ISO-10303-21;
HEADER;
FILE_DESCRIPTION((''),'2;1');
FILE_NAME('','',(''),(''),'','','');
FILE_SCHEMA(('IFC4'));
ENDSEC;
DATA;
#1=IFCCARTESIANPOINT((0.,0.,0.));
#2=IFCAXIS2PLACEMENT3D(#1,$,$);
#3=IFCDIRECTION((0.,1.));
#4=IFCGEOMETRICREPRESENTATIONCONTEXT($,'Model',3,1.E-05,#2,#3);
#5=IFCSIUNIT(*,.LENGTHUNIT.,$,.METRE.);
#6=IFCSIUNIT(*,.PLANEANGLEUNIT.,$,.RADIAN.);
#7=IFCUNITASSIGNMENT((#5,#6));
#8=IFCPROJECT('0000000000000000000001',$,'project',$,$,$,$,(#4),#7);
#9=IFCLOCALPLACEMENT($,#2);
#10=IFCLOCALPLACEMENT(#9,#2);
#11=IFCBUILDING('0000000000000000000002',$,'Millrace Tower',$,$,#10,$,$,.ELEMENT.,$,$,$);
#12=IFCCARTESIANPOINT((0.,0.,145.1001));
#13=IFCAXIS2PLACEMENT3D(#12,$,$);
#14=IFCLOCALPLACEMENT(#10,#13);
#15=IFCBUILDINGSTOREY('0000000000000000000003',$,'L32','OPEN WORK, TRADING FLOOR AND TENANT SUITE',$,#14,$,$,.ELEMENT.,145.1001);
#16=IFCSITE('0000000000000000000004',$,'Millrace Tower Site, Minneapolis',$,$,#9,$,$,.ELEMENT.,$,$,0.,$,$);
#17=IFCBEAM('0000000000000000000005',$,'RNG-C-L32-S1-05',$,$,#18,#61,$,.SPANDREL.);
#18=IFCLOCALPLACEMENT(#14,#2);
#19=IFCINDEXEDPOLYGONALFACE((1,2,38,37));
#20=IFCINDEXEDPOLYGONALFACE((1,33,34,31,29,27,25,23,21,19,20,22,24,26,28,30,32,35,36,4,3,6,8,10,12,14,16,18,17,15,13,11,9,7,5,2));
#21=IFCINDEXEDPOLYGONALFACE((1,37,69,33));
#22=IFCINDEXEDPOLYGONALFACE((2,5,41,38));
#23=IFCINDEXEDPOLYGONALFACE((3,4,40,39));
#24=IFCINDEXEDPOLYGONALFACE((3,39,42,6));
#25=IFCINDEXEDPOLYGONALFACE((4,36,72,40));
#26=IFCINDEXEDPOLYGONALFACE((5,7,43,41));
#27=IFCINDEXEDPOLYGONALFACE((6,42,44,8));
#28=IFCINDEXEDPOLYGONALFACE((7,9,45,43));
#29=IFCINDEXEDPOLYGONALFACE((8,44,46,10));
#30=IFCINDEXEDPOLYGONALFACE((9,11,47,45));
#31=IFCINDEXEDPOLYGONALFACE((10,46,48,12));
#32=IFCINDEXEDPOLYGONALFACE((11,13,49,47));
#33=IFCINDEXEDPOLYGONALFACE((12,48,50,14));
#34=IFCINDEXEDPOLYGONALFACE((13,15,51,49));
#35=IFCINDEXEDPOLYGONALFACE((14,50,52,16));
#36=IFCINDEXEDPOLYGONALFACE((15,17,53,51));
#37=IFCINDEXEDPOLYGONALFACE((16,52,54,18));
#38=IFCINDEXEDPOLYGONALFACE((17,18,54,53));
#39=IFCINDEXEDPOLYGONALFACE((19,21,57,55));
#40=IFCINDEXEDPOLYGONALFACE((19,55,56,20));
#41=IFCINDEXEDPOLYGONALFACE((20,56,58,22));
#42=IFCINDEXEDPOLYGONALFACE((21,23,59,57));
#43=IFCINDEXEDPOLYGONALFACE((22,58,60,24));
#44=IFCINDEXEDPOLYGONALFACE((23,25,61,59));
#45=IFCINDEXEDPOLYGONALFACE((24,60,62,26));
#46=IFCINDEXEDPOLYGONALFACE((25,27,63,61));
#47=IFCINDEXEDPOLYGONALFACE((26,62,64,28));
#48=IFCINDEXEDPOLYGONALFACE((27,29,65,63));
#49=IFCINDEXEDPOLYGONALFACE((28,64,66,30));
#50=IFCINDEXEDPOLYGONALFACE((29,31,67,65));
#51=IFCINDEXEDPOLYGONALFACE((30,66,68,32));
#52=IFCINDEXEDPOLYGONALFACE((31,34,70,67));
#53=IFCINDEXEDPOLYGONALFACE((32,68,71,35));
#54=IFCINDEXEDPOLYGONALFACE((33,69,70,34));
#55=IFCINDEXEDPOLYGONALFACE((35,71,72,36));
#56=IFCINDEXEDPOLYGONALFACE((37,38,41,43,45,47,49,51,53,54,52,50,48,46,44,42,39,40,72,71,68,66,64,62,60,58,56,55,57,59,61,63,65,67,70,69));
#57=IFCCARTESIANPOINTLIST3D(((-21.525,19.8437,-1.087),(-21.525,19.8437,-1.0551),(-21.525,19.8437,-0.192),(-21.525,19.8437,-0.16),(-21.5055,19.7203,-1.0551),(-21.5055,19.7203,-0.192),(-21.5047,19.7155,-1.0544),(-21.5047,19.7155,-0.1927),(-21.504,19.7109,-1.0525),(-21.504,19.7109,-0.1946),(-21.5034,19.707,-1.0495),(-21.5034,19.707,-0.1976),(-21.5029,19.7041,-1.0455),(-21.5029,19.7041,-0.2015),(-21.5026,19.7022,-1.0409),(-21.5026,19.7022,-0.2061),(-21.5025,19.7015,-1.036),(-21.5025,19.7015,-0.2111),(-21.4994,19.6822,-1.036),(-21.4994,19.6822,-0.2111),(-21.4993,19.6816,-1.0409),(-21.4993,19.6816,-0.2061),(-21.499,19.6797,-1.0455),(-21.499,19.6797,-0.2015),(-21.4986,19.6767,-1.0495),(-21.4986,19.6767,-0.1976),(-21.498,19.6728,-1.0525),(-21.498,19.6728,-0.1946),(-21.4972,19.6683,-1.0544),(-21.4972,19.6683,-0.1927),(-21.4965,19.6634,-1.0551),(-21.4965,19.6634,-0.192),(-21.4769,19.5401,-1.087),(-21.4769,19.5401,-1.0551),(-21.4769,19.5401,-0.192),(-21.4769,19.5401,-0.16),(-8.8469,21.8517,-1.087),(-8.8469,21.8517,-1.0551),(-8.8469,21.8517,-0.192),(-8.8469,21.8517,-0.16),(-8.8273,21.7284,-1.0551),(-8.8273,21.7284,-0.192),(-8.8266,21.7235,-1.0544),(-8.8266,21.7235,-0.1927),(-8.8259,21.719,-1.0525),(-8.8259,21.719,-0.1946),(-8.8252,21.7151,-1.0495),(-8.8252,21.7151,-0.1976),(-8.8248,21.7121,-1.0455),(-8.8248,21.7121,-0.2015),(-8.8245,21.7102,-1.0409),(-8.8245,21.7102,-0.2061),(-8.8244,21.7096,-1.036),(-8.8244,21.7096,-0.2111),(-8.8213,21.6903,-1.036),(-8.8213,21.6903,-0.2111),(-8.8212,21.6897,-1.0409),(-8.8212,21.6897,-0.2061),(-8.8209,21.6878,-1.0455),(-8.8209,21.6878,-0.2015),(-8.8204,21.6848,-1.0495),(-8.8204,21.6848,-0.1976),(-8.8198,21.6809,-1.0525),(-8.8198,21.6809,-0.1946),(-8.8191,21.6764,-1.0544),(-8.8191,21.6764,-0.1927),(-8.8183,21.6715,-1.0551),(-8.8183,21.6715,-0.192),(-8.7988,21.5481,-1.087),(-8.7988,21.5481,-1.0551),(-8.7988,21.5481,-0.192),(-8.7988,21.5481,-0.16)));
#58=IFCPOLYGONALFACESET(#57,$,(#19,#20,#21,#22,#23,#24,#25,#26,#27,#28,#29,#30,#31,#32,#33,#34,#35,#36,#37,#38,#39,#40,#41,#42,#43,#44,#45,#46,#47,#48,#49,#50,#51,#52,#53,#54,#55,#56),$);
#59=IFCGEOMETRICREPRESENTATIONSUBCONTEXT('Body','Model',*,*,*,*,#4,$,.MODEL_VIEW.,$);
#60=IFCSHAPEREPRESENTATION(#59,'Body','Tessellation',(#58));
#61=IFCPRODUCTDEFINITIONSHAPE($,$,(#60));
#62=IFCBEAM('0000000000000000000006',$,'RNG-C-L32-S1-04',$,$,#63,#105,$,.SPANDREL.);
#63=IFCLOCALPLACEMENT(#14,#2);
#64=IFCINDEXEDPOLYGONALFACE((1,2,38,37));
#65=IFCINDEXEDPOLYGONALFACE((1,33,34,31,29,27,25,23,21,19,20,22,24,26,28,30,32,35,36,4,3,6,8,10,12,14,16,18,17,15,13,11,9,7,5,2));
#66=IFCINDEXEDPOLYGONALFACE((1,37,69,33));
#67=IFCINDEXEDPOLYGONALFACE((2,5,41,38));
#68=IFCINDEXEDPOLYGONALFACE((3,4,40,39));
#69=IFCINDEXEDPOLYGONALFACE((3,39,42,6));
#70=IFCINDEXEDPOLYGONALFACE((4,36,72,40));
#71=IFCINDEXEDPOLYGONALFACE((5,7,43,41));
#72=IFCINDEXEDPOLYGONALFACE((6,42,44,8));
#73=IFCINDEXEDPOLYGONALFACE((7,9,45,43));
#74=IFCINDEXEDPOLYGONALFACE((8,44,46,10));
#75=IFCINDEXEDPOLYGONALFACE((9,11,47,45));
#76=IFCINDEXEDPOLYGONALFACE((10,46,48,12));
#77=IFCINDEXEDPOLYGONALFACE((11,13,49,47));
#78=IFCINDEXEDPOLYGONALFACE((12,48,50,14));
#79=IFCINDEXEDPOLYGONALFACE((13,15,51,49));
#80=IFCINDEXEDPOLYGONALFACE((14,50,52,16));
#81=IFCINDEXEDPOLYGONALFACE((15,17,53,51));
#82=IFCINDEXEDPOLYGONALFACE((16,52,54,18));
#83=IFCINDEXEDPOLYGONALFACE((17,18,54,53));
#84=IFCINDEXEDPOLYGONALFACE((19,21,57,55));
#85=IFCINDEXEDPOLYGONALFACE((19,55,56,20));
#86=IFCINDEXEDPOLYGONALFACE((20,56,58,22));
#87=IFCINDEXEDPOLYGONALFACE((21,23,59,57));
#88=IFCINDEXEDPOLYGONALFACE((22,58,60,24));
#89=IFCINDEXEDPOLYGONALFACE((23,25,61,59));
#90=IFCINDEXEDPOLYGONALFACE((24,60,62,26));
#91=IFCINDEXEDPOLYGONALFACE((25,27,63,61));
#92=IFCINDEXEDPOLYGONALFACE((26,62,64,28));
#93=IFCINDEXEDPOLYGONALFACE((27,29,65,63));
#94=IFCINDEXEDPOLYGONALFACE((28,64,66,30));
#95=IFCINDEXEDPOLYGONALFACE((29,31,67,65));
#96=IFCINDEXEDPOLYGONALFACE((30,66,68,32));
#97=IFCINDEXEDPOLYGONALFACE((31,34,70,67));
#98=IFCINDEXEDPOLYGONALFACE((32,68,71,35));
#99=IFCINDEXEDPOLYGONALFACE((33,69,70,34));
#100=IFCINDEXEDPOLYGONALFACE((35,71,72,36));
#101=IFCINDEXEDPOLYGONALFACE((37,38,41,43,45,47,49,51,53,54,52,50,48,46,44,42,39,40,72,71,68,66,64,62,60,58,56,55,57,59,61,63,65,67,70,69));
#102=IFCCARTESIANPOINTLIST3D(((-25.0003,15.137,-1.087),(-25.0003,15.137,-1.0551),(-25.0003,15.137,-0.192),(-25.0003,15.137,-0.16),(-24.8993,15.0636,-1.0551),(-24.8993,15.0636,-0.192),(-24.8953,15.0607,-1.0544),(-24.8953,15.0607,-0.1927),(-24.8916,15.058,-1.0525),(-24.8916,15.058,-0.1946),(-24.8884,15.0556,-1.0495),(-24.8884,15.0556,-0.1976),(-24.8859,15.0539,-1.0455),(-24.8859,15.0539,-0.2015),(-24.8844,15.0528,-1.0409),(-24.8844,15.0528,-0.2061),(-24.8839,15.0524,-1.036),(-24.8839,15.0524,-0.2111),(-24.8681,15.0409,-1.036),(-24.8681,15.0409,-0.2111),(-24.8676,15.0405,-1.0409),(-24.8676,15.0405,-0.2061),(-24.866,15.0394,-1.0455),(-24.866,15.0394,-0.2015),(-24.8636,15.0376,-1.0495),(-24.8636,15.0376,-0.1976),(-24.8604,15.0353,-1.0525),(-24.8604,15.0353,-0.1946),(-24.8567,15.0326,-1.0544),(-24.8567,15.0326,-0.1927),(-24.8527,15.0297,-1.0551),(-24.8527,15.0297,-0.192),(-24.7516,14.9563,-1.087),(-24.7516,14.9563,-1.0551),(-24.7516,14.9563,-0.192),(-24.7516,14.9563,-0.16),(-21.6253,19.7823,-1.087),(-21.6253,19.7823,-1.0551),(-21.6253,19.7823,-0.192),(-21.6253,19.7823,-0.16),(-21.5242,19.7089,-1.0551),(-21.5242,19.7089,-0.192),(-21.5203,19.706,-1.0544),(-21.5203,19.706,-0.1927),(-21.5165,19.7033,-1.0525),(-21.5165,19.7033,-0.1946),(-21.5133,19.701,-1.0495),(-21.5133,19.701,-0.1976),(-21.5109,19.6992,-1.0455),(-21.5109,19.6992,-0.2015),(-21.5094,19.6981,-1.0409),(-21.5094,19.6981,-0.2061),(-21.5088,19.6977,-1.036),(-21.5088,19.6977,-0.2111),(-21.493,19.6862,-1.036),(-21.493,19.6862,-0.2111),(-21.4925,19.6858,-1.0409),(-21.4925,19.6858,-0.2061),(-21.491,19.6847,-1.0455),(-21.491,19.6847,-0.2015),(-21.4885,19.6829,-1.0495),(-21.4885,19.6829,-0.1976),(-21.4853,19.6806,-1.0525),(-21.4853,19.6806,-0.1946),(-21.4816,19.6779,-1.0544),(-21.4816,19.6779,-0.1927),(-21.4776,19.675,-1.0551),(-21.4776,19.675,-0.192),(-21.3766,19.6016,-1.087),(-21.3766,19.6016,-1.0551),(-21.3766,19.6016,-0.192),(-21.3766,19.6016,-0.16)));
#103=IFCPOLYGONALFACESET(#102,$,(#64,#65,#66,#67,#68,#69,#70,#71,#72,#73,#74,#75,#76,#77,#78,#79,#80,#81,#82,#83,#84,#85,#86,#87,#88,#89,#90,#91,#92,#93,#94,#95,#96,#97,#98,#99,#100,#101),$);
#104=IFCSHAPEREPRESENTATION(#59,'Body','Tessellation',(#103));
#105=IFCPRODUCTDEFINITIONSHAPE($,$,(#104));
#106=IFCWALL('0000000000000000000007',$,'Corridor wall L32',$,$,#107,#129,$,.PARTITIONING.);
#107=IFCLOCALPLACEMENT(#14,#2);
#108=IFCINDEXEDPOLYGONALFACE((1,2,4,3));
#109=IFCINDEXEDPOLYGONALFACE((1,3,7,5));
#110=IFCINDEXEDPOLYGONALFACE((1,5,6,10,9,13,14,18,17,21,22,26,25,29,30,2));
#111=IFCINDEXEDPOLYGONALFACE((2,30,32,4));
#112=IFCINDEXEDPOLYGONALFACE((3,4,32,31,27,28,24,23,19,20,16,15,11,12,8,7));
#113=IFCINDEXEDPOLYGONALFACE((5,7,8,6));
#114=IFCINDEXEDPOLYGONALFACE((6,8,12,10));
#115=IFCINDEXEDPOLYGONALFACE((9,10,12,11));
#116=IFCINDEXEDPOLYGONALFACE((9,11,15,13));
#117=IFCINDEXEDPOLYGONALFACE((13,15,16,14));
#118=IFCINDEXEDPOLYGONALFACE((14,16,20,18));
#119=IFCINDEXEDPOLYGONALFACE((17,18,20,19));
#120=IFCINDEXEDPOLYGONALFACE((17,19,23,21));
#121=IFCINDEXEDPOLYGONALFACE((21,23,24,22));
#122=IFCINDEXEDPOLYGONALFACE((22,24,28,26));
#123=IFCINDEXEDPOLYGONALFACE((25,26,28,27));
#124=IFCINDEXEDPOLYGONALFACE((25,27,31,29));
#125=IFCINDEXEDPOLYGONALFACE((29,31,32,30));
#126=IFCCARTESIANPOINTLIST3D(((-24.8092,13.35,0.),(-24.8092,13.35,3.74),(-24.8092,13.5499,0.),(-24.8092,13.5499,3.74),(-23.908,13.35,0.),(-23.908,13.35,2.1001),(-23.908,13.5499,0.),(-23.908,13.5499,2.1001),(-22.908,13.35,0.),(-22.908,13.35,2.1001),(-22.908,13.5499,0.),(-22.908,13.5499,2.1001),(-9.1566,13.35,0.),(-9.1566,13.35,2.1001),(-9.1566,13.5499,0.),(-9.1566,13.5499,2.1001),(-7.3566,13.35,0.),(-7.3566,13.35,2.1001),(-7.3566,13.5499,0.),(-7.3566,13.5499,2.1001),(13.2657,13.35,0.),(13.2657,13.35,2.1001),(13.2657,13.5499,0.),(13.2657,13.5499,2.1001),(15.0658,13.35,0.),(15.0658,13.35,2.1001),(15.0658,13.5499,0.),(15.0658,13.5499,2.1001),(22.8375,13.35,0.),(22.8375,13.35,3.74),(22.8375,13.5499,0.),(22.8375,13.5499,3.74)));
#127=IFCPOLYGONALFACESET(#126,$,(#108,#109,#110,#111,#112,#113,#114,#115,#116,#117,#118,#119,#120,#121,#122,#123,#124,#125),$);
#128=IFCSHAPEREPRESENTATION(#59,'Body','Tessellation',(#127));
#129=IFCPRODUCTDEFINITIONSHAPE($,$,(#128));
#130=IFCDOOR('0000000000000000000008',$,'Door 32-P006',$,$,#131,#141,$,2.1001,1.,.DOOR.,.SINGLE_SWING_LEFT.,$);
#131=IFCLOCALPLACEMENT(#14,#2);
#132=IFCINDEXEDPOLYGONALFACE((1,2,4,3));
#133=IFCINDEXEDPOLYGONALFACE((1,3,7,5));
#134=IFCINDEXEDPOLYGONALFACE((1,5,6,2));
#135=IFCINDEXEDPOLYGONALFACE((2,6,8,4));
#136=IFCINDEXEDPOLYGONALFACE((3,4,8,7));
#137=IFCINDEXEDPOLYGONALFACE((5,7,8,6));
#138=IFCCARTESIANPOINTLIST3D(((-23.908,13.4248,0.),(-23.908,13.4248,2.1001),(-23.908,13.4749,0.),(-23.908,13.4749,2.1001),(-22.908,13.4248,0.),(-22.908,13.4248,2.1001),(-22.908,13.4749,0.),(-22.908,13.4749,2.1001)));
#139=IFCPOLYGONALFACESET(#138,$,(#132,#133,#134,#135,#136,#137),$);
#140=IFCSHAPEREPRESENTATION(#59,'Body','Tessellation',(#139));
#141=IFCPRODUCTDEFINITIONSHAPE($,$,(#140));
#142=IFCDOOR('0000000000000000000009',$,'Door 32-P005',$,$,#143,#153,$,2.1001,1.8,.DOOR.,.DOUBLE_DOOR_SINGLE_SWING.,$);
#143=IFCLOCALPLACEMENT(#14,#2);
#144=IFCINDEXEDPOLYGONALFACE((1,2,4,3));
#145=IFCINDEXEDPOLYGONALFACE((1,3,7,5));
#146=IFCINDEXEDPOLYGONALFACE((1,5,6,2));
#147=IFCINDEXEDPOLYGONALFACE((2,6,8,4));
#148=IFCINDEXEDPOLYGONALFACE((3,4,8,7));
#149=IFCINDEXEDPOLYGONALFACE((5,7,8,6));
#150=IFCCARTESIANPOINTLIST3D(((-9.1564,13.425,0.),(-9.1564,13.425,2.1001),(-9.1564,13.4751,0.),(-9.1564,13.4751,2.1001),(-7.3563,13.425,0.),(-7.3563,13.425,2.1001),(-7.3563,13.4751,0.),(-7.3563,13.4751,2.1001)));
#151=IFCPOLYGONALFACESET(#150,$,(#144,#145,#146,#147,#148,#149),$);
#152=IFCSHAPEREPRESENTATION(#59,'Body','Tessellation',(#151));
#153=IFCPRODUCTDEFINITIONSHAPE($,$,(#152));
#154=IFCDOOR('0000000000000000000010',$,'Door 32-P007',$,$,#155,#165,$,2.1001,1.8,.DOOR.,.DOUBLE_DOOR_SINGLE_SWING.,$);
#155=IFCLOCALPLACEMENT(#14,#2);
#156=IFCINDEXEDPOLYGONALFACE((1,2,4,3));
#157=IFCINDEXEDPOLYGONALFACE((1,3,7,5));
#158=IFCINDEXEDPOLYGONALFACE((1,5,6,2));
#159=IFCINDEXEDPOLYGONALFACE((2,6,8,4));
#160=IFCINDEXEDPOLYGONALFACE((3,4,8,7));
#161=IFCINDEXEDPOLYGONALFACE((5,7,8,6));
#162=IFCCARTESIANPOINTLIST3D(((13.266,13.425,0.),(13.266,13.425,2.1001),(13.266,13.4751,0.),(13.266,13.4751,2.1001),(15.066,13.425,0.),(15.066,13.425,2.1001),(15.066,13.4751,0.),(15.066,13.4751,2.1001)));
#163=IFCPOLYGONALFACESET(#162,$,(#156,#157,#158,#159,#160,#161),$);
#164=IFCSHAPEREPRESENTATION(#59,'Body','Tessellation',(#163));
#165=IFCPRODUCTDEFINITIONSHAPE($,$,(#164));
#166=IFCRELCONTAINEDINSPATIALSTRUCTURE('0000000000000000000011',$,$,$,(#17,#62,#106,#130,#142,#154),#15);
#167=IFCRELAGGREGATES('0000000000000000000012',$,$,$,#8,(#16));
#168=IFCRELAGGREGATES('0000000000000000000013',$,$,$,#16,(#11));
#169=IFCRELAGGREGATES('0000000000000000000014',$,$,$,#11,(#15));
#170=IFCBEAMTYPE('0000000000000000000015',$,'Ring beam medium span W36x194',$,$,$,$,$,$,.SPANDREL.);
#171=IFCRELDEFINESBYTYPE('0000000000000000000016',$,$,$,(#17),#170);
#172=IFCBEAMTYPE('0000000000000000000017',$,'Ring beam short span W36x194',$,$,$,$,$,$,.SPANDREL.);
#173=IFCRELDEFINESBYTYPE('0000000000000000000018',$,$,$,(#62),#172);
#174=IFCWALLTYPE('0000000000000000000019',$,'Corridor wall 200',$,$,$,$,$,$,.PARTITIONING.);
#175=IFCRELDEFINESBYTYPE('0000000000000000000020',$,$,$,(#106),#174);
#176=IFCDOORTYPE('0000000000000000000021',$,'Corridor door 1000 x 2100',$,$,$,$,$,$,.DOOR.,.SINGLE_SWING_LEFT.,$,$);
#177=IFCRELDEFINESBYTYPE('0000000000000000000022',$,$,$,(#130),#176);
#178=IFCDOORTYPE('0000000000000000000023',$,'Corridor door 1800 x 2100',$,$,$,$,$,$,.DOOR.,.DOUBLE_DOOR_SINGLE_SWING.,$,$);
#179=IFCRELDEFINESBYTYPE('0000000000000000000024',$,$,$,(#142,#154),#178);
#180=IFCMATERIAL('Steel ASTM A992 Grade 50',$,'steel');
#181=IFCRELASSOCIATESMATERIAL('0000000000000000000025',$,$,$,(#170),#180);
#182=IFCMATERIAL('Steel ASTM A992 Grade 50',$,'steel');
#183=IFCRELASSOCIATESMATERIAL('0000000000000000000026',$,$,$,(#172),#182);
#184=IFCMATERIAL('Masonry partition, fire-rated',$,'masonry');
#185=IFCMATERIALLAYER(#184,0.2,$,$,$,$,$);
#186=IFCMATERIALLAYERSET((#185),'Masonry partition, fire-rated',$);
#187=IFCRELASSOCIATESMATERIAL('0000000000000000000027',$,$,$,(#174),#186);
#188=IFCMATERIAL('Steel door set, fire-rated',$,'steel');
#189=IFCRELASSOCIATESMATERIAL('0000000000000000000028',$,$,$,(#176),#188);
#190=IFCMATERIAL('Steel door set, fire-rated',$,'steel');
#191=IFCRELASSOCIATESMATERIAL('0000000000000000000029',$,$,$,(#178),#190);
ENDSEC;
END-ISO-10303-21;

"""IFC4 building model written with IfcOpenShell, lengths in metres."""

from ifc_helpers import new_model, si_unit, direction, frame, frame_2d, origin, origin_2d, place, context, subcontext, project, spatial, rectangle, i_section, extrude, material, layer, layer_set, material_profile, profile_set, type_object, element, fill, save


model = new_model("IFC4")

# Units and contexts
model_context = context("Model", 3, precision=1e-05, world=origin(), true_north=direction((0.0, 1.0)))
body_context = subcontext(model_context, "Body", "Model", "MODEL_VIEW")
ifc_project = project(units=[si_unit("LENGTHUNIT", "METRE"), si_unit("PLANEANGLEUNIT", "RADIAN")], contexts=[model_context])

# Site, building, storey
site_placement = place(None, origin())
site = spatial("IfcSite", under=ifc_project, at=site_placement, Name="Millrace Tower Site, Minneapolis", CompositionType="ELEMENT", RefElevation=0.0)
building_placement = place(site_placement, origin())
building = spatial("IfcBuilding", under=site, at=building_placement, Name="Millrace Tower", CompositionType="ELEMENT")
storey_placement = place(building_placement, frame((0.0, 0.0, 145.1001)))
storey = spatial("IfcBuildingStorey", under=building, at=storey_placement, Name="L32", Description="OPEN WORK, TRADING FLOOR AND TENANT SUITE", CompositionType="ELEMENT", Elevation=145.1001)

# Beams
ifc_material_1 = material(Name="Steel ASTM A992 Grade 50", Category="steel")
ifc_material_profile_1 = material_profile(ifc_material_1, i_section(OverallWidth=0.3074, OverallDepth=0.927, WebThickness=0.0195, FlangeThickness=0.032, FilletRadius=0.019, at=origin_2d()))
ifc_profile_set_1 = profile_set([ifc_material_profile_1], Name="Steel ASTM A992 Grade 50")
beam_type_1 = type_object("IfcBeamType", Name="Ring beam medium span W36x194", PredefinedType="SPANDREL", material=ifc_profile_set_1)
beam_1_placement = place(storey_placement, frame((-21.501, 19.6919, -0.6235), z_axis=(0.987688, 0.156436, 0.0), x_axis=(-0.156436, 0.987688, 0.0)))
element("IfcBeam", 1, at=beam_1_placement, inside=storey, type_object=beam_type_1, Name="RNG-C-L32-S1-05", PredefinedType="SPANDREL", context=body_context, shape_type="SweptSolid", body=[
    extrude(i_section(OverallWidth=0.3074, OverallDepth=0.927, WebThickness=0.0195, FlangeThickness=0.032, FilletRadius=0.019, at=origin_2d()), origin(), (0.0, 0.0, 1.0), 12.8362),
])
ifc_material_2 = material(Name="Steel ASTM A992 Grade 50", Category="steel")
ifc_material_profile_2 = material_profile(ifc_material_2, i_section(OverallWidth=0.3074, OverallDepth=0.927, WebThickness=0.0195, FlangeThickness=0.032, FilletRadius=0.019, at=origin_2d()))
ifc_profile_set_2 = profile_set([ifc_material_profile_2], Name="Steel ASTM A992 Grade 50")
beam_type_2 = type_object("IfcBeamType", Name="Ring beam short span W36x194", PredefinedType="SPANDREL", material=ifc_profile_set_2)
beam_2_placement = place(storey_placement, frame((-24.876, 15.0466, -0.6235), z_axis=(0.587787, 0.809015, 0.0), x_axis=(-0.809015, 0.587787, 0.0)))
element("IfcBeam", 2, at=beam_2_placement, inside=storey, type_object=beam_type_2, Name="RNG-C-L32-S1-04", PredefinedType="SPANDREL", context=body_context, shape_type="SweptSolid", body=[
    extrude(i_section(OverallWidth=0.3074, OverallDepth=0.927, WebThickness=0.0195, FlangeThickness=0.032, FilletRadius=0.019, at=origin_2d()), origin(), (0.0, 0.0, 1.0), 5.7419),
])

# Wall, openings, doors
ifc_material_3 = material(Name="Masonry partition, fire-rated", Category="masonry")
ifc_layer_1 = layer(ifc_material_3, 0.2)
ifc_layer_set_1 = layer_set([ifc_layer_1], Name="Masonry partition, fire-rated")
wall_type_1 = type_object("IfcWallType", Name="Corridor wall 200", PredefinedType="PARTITIONING", material=ifc_layer_set_1)
wall_1_placement = place(storey_placement, frame((-24.8091, 13.45, 0.0), z_axis=(0.0, 0.0, 1.0), x_axis=(1.0, 0.0, 0.0)))
wall_1 = element("IfcWall", 3, at=wall_1_placement, inside=storey, type_object=wall_type_1, Name="Corridor wall L32", PredefinedType="PARTITIONING", context=body_context, shape_type="SweptSolid", body=[
    extrude(rectangle(XDim=47.6467, YDim=0.2, at=frame_2d((23.8232, 0.0))), origin(), (0.0, 0.0, 1.0), 3.74),
])
opening_1_placement = place(wall_1_placement, frame((15.6526, 0.0, 0.0)))
opening_1 = element("IfcOpeningElement", 4, at=opening_1_placement, cuts=wall_1, PredefinedType="OPENING", context=body_context, shape_type="SweptSolid", body=[
    extrude(rectangle(XDim=1.8, YDim=2.1001, at=frame_2d((0.8999, 1.05))), frame((0.0, 0.1099, 0.0), z_axis=(0.0, -1.0, 0.0), x_axis=(1.0, 0.0, 0.0)), (0.0, 0.0, 1.0), 0.22),
])
opening_2_placement = place(wall_1_placement, frame((0.9011, 0.0, 0.0)))
opening_2 = element("IfcOpeningElement", 5, at=opening_2_placement, cuts=wall_1, PredefinedType="OPENING", context=body_context, shape_type="SweptSolid", body=[
    extrude(rectangle(XDim=1.0, YDim=2.1001, at=frame_2d((0.5, 1.05))), frame((0.0, 0.1099, 0.0), z_axis=(0.0, -1.0, 0.0), x_axis=(1.0, 0.0, 0.0)), (0.0, 0.0, 1.0), 0.22),
])
opening_3_placement = place(wall_1_placement, frame((38.075, 0.0, 0.0)))
opening_3 = element("IfcOpeningElement", 6, at=opening_3_placement, cuts=wall_1, PredefinedType="OPENING", context=body_context, shape_type="SweptSolid", body=[
    extrude(rectangle(XDim=1.8, YDim=2.1001, at=frame_2d((0.8999, 1.05))), frame((0.0, 0.1099, 0.0), z_axis=(0.0, -1.0, 0.0), x_axis=(1.0, 0.0, 0.0)), (0.0, 0.0, 1.0), 0.22),
])
ifc_material_4 = material(Name="Steel door set, fire-rated", Category="steel")
door_type_1 = type_object("IfcDoorType", Name="Corridor door 1000 x 2100", OperationType="SINGLE_SWING_LEFT", PredefinedType="DOOR", material=ifc_material_4)
door_1_placement = place(opening_2_placement, origin())
door_1 = element("IfcDoor", 7, at=door_1_placement, inside=storey, type_object=door_type_1, Name="Door 32-P006", OperationType="SINGLE_SWING_LEFT", OverallHeight=2.1001, OverallWidth=1.0, PredefinedType="DOOR", context=body_context, shape_type="SweptSolid", body=[
    extrude(rectangle(XDim=1.0, YDim=2.1001, at=frame_2d((0.5, 1.05))), frame((0.0, 0.0249, 0.0), z_axis=(0.0, -1.0, 0.0), x_axis=(1.0, 0.0, 0.0)), (0.0, 0.0, 1.0), 0.05),
])
fill(opening_2, door_1)
ifc_material_5 = material(Name="Steel door set, fire-rated", Category="steel")
door_type_2 = type_object("IfcDoorType", Name="Corridor door 1800 x 2100", OperationType="DOUBLE_DOOR_SINGLE_SWING", PredefinedType="DOOR", material=ifc_material_5)
door_2_placement = place(opening_1_placement, frame((1.8, 0.0, 0.0), z_axis=(0.0, 0.0, 1.0), x_axis=(-1.0, 0.0, 0.0)))
door_2 = element("IfcDoor", 8, at=door_2_placement, inside=storey, type_object=door_type_2, Name="Door 32-P005", OperationType="DOUBLE_DOOR_SINGLE_SWING", OverallHeight=2.1001, OverallWidth=1.8, PredefinedType="DOOR", context=body_context, shape_type="SweptSolid", body=[
    extrude(rectangle(XDim=1.8, YDim=2.1001, at=frame_2d((0.8999, 1.05))), frame((0.0, 0.0249, 0.0), z_axis=(0.0, -1.0, 0.0), x_axis=(1.0, 0.0, 0.0)), (0.0, 0.0, 1.0), 0.05),
])
fill(opening_1, door_2)
door_3_placement = place(opening_3_placement, frame((1.8, 0.0, 0.0), z_axis=(0.0, 0.0, 1.0), x_axis=(-1.0, 0.0, 0.0)))
door_3 = element("IfcDoor", 9, at=door_3_placement, inside=storey, type_object=door_type_2, Name="Door 32-P007", OperationType="DOUBLE_DOOR_SINGLE_SWING", OverallHeight=2.1001, OverallWidth=1.8, PredefinedType="DOOR", context=body_context, shape_type="SweptSolid", body=[
    extrude(rectangle(XDim=1.8, YDim=2.1001, at=frame_2d((0.8999, 1.05))), frame((0.0, 0.0249, 0.0), z_axis=(0.0, -1.0, 0.0), x_axis=(1.0, 0.0, 0.0)), (0.0, 0.0, 1.0), 0.05),
])
fill(opening_3, door_3)

save(model, "model.ifc")
